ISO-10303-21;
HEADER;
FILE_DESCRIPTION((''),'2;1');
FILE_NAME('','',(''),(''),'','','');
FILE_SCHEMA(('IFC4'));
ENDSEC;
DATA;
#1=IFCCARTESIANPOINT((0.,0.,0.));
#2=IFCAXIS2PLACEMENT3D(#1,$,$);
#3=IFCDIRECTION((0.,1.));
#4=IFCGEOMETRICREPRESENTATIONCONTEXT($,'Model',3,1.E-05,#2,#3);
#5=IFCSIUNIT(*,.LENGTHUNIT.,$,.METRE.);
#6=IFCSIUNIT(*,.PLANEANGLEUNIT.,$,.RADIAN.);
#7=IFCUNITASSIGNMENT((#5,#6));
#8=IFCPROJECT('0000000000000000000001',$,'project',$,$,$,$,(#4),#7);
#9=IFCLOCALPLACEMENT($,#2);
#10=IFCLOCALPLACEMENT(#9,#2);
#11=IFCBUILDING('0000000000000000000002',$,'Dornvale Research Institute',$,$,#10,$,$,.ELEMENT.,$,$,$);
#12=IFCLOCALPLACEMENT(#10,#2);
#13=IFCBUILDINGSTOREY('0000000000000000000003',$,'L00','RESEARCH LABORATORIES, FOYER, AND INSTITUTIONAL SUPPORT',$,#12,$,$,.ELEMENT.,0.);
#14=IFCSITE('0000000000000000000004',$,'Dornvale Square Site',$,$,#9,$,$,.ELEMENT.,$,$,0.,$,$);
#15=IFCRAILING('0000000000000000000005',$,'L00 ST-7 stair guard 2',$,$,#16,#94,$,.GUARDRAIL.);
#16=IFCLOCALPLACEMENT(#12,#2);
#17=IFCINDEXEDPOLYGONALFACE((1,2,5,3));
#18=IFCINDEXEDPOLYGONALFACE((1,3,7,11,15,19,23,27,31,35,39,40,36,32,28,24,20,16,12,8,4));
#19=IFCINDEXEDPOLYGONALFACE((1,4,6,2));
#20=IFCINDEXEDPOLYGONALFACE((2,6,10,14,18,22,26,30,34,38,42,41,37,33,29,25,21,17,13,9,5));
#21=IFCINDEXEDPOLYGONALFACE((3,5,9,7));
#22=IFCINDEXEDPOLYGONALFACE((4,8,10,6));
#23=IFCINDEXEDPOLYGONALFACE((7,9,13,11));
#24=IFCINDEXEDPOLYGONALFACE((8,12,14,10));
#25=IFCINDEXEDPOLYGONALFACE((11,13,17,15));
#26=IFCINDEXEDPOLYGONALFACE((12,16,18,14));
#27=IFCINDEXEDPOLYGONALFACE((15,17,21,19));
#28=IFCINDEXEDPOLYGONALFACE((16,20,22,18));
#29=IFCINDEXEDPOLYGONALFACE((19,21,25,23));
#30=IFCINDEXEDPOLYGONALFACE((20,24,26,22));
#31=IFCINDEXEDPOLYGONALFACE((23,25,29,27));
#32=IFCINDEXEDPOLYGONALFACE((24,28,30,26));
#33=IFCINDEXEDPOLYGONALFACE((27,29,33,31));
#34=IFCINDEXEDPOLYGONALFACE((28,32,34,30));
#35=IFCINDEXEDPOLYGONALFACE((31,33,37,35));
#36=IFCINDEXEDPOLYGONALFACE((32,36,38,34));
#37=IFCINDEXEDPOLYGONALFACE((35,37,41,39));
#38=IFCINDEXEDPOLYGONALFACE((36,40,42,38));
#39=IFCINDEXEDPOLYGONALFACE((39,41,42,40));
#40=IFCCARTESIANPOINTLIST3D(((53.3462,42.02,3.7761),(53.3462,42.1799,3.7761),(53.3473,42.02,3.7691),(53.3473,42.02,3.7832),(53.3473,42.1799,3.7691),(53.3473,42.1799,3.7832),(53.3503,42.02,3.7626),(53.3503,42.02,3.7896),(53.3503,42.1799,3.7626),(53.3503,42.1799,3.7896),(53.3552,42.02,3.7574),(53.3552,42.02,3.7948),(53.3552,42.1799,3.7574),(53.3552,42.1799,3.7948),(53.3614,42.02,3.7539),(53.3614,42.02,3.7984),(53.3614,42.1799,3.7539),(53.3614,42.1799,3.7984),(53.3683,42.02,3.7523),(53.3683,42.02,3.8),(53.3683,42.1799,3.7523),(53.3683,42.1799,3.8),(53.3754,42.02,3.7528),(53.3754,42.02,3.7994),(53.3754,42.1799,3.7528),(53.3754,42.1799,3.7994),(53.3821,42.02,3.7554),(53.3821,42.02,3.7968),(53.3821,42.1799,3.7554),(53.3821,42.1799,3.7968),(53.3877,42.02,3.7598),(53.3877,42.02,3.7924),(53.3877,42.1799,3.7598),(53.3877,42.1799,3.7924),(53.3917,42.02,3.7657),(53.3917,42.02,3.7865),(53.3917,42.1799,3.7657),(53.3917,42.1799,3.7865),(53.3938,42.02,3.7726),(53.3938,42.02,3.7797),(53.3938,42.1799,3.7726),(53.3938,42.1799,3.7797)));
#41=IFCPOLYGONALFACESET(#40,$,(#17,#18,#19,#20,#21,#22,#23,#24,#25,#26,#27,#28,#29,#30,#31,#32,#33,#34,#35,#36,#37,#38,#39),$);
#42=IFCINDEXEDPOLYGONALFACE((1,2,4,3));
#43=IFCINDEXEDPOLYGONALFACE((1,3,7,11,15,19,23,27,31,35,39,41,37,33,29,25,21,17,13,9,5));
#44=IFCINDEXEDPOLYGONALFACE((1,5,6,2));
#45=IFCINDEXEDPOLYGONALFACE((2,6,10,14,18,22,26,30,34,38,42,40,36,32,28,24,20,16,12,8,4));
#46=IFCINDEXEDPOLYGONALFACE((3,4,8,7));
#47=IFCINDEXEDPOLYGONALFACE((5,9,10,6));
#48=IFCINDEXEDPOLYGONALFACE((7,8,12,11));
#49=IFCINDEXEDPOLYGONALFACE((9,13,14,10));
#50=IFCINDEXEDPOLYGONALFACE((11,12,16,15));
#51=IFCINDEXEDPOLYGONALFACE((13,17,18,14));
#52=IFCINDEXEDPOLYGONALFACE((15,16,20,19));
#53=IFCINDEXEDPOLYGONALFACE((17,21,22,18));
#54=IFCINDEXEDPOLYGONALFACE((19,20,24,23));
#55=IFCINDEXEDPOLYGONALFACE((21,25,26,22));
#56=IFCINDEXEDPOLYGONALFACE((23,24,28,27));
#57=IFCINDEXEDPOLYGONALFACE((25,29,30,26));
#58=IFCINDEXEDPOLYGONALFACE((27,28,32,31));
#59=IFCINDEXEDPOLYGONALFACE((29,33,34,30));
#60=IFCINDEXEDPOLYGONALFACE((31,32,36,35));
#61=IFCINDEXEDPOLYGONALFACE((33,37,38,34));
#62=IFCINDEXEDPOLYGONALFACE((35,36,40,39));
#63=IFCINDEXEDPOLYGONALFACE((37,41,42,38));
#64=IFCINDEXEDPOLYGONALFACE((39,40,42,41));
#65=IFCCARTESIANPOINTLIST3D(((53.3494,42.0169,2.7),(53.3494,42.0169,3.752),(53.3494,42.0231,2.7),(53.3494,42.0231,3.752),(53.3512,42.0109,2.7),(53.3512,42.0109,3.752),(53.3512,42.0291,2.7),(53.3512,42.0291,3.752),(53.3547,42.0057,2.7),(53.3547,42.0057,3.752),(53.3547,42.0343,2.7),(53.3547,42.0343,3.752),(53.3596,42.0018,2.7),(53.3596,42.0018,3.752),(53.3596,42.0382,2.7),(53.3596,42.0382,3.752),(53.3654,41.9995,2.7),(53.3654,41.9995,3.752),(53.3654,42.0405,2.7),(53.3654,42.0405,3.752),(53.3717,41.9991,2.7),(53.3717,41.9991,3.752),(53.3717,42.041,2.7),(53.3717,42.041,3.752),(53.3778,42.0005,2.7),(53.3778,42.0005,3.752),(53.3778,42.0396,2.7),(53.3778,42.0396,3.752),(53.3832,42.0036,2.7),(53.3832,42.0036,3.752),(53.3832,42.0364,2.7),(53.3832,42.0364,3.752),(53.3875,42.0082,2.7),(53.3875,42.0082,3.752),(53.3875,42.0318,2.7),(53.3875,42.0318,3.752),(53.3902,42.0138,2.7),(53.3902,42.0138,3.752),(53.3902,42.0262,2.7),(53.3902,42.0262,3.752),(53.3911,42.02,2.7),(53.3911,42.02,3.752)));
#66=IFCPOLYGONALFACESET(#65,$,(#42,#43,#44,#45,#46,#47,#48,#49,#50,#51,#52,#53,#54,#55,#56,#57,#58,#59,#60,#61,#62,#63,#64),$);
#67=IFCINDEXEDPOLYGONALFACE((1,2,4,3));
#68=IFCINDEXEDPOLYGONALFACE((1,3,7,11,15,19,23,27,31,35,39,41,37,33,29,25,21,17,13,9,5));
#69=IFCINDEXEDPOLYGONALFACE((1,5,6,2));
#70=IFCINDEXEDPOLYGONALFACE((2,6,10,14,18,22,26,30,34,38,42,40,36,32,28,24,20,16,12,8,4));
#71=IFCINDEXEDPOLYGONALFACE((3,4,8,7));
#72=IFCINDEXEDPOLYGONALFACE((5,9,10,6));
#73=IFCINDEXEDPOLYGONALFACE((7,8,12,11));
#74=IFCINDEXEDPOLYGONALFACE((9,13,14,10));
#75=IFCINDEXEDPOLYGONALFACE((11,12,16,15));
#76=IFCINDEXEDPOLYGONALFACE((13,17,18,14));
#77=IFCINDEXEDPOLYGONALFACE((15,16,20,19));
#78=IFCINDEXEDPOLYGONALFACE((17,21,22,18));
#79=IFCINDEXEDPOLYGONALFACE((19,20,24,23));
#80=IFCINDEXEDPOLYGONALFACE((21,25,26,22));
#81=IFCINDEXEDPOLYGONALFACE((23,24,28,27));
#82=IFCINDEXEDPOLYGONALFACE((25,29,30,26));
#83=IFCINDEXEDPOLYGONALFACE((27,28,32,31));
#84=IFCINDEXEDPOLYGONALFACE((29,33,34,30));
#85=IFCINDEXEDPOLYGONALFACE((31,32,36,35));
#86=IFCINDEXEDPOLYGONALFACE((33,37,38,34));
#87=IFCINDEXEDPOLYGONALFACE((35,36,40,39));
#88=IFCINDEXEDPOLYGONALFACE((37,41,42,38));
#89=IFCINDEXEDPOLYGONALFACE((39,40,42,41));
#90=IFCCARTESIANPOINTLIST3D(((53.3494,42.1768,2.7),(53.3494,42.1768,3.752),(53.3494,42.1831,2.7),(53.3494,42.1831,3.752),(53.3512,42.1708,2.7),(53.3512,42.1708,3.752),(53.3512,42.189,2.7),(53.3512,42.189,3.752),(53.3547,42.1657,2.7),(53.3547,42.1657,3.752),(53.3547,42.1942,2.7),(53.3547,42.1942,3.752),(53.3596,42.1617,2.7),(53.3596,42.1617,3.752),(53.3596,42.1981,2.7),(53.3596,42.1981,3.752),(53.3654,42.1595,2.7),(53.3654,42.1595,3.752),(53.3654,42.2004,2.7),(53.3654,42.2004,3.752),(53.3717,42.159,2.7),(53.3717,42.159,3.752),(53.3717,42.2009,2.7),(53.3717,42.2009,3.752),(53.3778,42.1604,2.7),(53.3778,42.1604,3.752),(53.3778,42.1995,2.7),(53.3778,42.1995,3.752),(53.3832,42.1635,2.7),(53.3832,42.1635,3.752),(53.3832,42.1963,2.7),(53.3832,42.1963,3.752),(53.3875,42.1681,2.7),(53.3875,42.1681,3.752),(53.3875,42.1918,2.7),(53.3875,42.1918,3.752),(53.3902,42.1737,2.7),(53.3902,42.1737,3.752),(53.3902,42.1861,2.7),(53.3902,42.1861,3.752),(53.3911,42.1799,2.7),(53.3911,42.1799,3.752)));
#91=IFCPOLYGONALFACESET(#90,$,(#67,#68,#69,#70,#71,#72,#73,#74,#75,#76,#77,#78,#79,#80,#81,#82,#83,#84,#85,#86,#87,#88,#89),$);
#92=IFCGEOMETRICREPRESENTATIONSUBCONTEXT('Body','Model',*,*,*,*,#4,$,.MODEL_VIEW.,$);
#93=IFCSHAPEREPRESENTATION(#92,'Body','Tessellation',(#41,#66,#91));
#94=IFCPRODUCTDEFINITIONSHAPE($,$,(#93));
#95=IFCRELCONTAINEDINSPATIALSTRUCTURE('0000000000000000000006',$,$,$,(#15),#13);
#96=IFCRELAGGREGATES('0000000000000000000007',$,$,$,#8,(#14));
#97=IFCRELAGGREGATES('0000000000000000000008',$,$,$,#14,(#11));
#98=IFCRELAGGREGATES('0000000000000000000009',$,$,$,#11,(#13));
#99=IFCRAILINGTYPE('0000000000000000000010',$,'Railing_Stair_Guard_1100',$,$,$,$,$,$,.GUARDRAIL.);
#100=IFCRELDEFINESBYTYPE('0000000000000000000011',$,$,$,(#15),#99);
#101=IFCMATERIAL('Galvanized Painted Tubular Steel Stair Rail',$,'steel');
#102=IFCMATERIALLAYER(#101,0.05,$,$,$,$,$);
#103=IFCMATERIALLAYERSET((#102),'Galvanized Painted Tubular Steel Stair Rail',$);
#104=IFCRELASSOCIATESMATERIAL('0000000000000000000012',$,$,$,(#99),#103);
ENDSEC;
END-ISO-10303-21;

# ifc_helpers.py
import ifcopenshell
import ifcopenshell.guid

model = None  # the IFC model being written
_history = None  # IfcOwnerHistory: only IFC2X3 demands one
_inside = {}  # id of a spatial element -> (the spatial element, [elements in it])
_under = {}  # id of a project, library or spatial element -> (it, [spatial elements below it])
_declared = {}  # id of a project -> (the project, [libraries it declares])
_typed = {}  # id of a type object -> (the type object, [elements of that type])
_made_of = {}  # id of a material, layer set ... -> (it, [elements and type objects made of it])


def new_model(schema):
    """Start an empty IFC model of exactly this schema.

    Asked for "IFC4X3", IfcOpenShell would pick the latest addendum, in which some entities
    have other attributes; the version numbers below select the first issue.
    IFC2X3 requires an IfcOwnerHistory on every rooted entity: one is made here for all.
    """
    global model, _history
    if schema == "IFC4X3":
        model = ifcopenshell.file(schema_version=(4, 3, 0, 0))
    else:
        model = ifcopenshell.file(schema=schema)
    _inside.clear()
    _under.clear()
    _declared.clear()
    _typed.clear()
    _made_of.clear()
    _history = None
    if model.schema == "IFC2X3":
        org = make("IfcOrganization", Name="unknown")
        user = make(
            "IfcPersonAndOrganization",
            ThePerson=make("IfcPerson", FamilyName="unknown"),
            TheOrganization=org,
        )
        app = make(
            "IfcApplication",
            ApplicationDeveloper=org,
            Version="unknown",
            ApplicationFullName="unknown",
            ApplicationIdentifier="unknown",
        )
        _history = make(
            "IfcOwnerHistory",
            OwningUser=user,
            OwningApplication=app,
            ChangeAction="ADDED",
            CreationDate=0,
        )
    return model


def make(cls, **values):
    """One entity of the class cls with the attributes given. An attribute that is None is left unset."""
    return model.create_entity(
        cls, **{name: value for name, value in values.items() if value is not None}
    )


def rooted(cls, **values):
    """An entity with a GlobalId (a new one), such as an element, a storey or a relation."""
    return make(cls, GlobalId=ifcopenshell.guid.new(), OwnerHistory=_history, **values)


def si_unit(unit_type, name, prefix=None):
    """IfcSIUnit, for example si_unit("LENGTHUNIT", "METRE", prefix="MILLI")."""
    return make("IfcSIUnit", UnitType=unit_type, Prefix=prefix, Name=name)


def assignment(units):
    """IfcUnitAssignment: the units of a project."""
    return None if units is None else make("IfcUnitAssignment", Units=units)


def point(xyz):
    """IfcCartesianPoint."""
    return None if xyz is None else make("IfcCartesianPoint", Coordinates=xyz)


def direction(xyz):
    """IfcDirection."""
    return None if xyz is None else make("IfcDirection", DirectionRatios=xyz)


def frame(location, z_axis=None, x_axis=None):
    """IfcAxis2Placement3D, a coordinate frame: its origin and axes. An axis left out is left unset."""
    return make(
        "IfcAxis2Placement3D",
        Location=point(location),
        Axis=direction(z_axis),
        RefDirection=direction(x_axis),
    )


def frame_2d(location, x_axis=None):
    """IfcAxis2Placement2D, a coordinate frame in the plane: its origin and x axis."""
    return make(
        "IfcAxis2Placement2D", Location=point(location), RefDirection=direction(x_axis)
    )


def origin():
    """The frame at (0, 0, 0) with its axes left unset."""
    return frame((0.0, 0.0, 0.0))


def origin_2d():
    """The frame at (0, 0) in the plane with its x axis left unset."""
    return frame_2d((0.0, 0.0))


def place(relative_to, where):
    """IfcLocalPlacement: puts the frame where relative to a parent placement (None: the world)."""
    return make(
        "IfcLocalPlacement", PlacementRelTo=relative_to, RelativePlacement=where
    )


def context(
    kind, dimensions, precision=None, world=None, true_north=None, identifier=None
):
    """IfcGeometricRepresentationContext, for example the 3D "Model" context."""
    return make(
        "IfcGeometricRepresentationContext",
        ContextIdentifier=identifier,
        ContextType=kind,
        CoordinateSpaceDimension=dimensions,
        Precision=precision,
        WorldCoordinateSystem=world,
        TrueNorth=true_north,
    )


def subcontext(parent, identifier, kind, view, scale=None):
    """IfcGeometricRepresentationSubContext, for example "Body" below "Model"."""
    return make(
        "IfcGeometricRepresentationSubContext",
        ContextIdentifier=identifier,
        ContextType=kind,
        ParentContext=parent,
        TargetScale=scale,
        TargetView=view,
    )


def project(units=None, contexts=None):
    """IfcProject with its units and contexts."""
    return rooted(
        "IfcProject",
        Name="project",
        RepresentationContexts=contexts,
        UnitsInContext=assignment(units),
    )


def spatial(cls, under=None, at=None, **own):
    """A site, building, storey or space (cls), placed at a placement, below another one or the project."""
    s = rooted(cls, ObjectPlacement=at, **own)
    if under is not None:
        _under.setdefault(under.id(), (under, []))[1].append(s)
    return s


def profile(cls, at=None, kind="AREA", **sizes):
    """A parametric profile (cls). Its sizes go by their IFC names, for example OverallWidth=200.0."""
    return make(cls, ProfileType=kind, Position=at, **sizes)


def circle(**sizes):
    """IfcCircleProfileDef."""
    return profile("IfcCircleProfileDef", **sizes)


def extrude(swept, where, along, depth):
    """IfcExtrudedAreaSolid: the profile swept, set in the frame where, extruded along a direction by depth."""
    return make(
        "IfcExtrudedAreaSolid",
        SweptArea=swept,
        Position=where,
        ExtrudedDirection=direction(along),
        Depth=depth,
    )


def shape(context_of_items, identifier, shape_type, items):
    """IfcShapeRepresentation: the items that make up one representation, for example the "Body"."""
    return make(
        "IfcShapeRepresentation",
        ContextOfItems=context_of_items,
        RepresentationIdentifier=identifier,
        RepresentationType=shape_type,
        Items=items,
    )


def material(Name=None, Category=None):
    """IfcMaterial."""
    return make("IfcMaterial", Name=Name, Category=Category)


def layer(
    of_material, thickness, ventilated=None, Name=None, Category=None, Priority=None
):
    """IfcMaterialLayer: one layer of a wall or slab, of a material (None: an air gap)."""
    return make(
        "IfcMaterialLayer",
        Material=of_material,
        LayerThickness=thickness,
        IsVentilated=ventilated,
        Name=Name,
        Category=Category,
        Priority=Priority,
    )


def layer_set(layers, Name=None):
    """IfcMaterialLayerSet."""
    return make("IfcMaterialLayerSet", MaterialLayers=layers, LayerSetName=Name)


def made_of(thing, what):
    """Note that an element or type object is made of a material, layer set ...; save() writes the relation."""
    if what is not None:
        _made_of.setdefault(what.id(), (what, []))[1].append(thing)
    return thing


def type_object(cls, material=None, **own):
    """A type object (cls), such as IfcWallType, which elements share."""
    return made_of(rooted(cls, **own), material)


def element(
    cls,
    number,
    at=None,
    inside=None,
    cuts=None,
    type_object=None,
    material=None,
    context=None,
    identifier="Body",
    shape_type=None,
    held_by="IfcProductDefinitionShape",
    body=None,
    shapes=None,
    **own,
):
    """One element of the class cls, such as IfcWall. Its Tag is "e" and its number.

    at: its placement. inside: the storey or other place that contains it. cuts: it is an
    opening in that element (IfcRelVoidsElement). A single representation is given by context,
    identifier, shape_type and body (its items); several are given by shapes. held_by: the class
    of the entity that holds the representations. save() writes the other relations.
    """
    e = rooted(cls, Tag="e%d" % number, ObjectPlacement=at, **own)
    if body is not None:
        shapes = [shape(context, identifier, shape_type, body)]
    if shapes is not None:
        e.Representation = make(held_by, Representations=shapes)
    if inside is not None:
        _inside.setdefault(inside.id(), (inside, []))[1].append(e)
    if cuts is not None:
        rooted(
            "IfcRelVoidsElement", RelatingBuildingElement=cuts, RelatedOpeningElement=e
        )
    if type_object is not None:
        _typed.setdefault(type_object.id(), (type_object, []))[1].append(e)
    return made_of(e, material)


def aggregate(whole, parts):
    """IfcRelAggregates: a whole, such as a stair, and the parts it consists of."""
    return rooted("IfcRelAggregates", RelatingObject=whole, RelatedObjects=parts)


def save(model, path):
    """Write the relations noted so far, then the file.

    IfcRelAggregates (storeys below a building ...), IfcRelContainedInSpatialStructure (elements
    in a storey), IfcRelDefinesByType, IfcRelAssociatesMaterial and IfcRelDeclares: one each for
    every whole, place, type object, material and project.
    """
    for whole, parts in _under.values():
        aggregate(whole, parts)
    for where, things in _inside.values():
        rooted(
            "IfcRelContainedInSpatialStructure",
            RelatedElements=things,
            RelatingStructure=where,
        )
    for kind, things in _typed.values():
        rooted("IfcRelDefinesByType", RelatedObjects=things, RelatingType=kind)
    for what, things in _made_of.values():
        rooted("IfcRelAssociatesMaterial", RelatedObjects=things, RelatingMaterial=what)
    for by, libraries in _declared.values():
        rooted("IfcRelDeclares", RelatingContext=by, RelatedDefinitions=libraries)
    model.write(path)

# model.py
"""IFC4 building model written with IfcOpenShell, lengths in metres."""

from ifc_helpers import new_model, si_unit, direction, frame, origin, origin_2d, place, context, subcontext, project, spatial, circle, extrude, material, layer, layer_set, type_object, element, save


model = new_model("IFC4")

# Units and contexts
model_context = context("Model", 3, precision=1e-05, world=origin(), true_north=direction((0.0, 1.0)))
body_context = subcontext(model_context, "Body", "Model", "MODEL_VIEW")
ifc_project = project(units=[si_unit("LENGTHUNIT", "METRE"), si_unit("PLANEANGLEUNIT", "RADIAN")], contexts=[model_context])

# Site, building, storey
site_placement = place(None, origin())
site = spatial("IfcSite", under=ifc_project, at=site_placement, Name="Dornvale Square Site", CompositionType="ELEMENT", RefElevation=0.0)
building_placement = place(site_placement, origin())
building = spatial("IfcBuilding", under=site, at=building_placement, Name="Dornvale Research Institute", CompositionType="ELEMENT")
storey_placement = place(building_placement, origin())
storey = spatial("IfcBuildingStorey", under=building, at=storey_placement, Name="L00", Description="RESEARCH LABORATORIES, FOYER, AND INSTITUTIONAL SUPPORT", CompositionType="ELEMENT", Elevation=0.0)

# Railing
ifc_material_1 = material(Name="Galvanized Painted Tubular Steel Stair Rail", Category="steel")
ifc_layer_1 = layer(ifc_material_1, 0.05)
ifc_layer_set_1 = layer_set([ifc_layer_1], Name="Galvanized Painted Tubular Steel Stair Rail")
railing_type_1 = type_object("IfcRailingType", Name="Railing_Stair_Guard_1100", PredefinedType="GUARDRAIL", material=ifc_layer_set_1)
railing_1_placement = place(storey_placement, frame((53.3701, 42.02, 2.7)))
element("IfcRailing", 1, at=railing_1_placement, inside=storey, type_object=railing_type_1, Name="L00 ST-7 stair guard 2", PredefinedType="GUARDRAIL", context=body_context, shape_type="SweptSolid", body=[
    extrude(circle(Radius=0.0239, at=origin_2d()), frame((0.0, 0.0, 1.0762), z_axis=(0.0, 1.0, 0.0), x_axis=(-1.0, 0.0, 0.0)), (0.0, 0.0, 1.0), 0.1599),
    extrude(circle(Radius=0.021, at=origin_2d()), origin(), (0.0, 0.0, 1.0), 1.052),
    extrude(circle(Radius=0.021, at=origin_2d()), frame((0.0, 0.1599, 0.0)), (0.0, 0.0, 1.0), 1.052),
])

save(model, "model.ifc")
